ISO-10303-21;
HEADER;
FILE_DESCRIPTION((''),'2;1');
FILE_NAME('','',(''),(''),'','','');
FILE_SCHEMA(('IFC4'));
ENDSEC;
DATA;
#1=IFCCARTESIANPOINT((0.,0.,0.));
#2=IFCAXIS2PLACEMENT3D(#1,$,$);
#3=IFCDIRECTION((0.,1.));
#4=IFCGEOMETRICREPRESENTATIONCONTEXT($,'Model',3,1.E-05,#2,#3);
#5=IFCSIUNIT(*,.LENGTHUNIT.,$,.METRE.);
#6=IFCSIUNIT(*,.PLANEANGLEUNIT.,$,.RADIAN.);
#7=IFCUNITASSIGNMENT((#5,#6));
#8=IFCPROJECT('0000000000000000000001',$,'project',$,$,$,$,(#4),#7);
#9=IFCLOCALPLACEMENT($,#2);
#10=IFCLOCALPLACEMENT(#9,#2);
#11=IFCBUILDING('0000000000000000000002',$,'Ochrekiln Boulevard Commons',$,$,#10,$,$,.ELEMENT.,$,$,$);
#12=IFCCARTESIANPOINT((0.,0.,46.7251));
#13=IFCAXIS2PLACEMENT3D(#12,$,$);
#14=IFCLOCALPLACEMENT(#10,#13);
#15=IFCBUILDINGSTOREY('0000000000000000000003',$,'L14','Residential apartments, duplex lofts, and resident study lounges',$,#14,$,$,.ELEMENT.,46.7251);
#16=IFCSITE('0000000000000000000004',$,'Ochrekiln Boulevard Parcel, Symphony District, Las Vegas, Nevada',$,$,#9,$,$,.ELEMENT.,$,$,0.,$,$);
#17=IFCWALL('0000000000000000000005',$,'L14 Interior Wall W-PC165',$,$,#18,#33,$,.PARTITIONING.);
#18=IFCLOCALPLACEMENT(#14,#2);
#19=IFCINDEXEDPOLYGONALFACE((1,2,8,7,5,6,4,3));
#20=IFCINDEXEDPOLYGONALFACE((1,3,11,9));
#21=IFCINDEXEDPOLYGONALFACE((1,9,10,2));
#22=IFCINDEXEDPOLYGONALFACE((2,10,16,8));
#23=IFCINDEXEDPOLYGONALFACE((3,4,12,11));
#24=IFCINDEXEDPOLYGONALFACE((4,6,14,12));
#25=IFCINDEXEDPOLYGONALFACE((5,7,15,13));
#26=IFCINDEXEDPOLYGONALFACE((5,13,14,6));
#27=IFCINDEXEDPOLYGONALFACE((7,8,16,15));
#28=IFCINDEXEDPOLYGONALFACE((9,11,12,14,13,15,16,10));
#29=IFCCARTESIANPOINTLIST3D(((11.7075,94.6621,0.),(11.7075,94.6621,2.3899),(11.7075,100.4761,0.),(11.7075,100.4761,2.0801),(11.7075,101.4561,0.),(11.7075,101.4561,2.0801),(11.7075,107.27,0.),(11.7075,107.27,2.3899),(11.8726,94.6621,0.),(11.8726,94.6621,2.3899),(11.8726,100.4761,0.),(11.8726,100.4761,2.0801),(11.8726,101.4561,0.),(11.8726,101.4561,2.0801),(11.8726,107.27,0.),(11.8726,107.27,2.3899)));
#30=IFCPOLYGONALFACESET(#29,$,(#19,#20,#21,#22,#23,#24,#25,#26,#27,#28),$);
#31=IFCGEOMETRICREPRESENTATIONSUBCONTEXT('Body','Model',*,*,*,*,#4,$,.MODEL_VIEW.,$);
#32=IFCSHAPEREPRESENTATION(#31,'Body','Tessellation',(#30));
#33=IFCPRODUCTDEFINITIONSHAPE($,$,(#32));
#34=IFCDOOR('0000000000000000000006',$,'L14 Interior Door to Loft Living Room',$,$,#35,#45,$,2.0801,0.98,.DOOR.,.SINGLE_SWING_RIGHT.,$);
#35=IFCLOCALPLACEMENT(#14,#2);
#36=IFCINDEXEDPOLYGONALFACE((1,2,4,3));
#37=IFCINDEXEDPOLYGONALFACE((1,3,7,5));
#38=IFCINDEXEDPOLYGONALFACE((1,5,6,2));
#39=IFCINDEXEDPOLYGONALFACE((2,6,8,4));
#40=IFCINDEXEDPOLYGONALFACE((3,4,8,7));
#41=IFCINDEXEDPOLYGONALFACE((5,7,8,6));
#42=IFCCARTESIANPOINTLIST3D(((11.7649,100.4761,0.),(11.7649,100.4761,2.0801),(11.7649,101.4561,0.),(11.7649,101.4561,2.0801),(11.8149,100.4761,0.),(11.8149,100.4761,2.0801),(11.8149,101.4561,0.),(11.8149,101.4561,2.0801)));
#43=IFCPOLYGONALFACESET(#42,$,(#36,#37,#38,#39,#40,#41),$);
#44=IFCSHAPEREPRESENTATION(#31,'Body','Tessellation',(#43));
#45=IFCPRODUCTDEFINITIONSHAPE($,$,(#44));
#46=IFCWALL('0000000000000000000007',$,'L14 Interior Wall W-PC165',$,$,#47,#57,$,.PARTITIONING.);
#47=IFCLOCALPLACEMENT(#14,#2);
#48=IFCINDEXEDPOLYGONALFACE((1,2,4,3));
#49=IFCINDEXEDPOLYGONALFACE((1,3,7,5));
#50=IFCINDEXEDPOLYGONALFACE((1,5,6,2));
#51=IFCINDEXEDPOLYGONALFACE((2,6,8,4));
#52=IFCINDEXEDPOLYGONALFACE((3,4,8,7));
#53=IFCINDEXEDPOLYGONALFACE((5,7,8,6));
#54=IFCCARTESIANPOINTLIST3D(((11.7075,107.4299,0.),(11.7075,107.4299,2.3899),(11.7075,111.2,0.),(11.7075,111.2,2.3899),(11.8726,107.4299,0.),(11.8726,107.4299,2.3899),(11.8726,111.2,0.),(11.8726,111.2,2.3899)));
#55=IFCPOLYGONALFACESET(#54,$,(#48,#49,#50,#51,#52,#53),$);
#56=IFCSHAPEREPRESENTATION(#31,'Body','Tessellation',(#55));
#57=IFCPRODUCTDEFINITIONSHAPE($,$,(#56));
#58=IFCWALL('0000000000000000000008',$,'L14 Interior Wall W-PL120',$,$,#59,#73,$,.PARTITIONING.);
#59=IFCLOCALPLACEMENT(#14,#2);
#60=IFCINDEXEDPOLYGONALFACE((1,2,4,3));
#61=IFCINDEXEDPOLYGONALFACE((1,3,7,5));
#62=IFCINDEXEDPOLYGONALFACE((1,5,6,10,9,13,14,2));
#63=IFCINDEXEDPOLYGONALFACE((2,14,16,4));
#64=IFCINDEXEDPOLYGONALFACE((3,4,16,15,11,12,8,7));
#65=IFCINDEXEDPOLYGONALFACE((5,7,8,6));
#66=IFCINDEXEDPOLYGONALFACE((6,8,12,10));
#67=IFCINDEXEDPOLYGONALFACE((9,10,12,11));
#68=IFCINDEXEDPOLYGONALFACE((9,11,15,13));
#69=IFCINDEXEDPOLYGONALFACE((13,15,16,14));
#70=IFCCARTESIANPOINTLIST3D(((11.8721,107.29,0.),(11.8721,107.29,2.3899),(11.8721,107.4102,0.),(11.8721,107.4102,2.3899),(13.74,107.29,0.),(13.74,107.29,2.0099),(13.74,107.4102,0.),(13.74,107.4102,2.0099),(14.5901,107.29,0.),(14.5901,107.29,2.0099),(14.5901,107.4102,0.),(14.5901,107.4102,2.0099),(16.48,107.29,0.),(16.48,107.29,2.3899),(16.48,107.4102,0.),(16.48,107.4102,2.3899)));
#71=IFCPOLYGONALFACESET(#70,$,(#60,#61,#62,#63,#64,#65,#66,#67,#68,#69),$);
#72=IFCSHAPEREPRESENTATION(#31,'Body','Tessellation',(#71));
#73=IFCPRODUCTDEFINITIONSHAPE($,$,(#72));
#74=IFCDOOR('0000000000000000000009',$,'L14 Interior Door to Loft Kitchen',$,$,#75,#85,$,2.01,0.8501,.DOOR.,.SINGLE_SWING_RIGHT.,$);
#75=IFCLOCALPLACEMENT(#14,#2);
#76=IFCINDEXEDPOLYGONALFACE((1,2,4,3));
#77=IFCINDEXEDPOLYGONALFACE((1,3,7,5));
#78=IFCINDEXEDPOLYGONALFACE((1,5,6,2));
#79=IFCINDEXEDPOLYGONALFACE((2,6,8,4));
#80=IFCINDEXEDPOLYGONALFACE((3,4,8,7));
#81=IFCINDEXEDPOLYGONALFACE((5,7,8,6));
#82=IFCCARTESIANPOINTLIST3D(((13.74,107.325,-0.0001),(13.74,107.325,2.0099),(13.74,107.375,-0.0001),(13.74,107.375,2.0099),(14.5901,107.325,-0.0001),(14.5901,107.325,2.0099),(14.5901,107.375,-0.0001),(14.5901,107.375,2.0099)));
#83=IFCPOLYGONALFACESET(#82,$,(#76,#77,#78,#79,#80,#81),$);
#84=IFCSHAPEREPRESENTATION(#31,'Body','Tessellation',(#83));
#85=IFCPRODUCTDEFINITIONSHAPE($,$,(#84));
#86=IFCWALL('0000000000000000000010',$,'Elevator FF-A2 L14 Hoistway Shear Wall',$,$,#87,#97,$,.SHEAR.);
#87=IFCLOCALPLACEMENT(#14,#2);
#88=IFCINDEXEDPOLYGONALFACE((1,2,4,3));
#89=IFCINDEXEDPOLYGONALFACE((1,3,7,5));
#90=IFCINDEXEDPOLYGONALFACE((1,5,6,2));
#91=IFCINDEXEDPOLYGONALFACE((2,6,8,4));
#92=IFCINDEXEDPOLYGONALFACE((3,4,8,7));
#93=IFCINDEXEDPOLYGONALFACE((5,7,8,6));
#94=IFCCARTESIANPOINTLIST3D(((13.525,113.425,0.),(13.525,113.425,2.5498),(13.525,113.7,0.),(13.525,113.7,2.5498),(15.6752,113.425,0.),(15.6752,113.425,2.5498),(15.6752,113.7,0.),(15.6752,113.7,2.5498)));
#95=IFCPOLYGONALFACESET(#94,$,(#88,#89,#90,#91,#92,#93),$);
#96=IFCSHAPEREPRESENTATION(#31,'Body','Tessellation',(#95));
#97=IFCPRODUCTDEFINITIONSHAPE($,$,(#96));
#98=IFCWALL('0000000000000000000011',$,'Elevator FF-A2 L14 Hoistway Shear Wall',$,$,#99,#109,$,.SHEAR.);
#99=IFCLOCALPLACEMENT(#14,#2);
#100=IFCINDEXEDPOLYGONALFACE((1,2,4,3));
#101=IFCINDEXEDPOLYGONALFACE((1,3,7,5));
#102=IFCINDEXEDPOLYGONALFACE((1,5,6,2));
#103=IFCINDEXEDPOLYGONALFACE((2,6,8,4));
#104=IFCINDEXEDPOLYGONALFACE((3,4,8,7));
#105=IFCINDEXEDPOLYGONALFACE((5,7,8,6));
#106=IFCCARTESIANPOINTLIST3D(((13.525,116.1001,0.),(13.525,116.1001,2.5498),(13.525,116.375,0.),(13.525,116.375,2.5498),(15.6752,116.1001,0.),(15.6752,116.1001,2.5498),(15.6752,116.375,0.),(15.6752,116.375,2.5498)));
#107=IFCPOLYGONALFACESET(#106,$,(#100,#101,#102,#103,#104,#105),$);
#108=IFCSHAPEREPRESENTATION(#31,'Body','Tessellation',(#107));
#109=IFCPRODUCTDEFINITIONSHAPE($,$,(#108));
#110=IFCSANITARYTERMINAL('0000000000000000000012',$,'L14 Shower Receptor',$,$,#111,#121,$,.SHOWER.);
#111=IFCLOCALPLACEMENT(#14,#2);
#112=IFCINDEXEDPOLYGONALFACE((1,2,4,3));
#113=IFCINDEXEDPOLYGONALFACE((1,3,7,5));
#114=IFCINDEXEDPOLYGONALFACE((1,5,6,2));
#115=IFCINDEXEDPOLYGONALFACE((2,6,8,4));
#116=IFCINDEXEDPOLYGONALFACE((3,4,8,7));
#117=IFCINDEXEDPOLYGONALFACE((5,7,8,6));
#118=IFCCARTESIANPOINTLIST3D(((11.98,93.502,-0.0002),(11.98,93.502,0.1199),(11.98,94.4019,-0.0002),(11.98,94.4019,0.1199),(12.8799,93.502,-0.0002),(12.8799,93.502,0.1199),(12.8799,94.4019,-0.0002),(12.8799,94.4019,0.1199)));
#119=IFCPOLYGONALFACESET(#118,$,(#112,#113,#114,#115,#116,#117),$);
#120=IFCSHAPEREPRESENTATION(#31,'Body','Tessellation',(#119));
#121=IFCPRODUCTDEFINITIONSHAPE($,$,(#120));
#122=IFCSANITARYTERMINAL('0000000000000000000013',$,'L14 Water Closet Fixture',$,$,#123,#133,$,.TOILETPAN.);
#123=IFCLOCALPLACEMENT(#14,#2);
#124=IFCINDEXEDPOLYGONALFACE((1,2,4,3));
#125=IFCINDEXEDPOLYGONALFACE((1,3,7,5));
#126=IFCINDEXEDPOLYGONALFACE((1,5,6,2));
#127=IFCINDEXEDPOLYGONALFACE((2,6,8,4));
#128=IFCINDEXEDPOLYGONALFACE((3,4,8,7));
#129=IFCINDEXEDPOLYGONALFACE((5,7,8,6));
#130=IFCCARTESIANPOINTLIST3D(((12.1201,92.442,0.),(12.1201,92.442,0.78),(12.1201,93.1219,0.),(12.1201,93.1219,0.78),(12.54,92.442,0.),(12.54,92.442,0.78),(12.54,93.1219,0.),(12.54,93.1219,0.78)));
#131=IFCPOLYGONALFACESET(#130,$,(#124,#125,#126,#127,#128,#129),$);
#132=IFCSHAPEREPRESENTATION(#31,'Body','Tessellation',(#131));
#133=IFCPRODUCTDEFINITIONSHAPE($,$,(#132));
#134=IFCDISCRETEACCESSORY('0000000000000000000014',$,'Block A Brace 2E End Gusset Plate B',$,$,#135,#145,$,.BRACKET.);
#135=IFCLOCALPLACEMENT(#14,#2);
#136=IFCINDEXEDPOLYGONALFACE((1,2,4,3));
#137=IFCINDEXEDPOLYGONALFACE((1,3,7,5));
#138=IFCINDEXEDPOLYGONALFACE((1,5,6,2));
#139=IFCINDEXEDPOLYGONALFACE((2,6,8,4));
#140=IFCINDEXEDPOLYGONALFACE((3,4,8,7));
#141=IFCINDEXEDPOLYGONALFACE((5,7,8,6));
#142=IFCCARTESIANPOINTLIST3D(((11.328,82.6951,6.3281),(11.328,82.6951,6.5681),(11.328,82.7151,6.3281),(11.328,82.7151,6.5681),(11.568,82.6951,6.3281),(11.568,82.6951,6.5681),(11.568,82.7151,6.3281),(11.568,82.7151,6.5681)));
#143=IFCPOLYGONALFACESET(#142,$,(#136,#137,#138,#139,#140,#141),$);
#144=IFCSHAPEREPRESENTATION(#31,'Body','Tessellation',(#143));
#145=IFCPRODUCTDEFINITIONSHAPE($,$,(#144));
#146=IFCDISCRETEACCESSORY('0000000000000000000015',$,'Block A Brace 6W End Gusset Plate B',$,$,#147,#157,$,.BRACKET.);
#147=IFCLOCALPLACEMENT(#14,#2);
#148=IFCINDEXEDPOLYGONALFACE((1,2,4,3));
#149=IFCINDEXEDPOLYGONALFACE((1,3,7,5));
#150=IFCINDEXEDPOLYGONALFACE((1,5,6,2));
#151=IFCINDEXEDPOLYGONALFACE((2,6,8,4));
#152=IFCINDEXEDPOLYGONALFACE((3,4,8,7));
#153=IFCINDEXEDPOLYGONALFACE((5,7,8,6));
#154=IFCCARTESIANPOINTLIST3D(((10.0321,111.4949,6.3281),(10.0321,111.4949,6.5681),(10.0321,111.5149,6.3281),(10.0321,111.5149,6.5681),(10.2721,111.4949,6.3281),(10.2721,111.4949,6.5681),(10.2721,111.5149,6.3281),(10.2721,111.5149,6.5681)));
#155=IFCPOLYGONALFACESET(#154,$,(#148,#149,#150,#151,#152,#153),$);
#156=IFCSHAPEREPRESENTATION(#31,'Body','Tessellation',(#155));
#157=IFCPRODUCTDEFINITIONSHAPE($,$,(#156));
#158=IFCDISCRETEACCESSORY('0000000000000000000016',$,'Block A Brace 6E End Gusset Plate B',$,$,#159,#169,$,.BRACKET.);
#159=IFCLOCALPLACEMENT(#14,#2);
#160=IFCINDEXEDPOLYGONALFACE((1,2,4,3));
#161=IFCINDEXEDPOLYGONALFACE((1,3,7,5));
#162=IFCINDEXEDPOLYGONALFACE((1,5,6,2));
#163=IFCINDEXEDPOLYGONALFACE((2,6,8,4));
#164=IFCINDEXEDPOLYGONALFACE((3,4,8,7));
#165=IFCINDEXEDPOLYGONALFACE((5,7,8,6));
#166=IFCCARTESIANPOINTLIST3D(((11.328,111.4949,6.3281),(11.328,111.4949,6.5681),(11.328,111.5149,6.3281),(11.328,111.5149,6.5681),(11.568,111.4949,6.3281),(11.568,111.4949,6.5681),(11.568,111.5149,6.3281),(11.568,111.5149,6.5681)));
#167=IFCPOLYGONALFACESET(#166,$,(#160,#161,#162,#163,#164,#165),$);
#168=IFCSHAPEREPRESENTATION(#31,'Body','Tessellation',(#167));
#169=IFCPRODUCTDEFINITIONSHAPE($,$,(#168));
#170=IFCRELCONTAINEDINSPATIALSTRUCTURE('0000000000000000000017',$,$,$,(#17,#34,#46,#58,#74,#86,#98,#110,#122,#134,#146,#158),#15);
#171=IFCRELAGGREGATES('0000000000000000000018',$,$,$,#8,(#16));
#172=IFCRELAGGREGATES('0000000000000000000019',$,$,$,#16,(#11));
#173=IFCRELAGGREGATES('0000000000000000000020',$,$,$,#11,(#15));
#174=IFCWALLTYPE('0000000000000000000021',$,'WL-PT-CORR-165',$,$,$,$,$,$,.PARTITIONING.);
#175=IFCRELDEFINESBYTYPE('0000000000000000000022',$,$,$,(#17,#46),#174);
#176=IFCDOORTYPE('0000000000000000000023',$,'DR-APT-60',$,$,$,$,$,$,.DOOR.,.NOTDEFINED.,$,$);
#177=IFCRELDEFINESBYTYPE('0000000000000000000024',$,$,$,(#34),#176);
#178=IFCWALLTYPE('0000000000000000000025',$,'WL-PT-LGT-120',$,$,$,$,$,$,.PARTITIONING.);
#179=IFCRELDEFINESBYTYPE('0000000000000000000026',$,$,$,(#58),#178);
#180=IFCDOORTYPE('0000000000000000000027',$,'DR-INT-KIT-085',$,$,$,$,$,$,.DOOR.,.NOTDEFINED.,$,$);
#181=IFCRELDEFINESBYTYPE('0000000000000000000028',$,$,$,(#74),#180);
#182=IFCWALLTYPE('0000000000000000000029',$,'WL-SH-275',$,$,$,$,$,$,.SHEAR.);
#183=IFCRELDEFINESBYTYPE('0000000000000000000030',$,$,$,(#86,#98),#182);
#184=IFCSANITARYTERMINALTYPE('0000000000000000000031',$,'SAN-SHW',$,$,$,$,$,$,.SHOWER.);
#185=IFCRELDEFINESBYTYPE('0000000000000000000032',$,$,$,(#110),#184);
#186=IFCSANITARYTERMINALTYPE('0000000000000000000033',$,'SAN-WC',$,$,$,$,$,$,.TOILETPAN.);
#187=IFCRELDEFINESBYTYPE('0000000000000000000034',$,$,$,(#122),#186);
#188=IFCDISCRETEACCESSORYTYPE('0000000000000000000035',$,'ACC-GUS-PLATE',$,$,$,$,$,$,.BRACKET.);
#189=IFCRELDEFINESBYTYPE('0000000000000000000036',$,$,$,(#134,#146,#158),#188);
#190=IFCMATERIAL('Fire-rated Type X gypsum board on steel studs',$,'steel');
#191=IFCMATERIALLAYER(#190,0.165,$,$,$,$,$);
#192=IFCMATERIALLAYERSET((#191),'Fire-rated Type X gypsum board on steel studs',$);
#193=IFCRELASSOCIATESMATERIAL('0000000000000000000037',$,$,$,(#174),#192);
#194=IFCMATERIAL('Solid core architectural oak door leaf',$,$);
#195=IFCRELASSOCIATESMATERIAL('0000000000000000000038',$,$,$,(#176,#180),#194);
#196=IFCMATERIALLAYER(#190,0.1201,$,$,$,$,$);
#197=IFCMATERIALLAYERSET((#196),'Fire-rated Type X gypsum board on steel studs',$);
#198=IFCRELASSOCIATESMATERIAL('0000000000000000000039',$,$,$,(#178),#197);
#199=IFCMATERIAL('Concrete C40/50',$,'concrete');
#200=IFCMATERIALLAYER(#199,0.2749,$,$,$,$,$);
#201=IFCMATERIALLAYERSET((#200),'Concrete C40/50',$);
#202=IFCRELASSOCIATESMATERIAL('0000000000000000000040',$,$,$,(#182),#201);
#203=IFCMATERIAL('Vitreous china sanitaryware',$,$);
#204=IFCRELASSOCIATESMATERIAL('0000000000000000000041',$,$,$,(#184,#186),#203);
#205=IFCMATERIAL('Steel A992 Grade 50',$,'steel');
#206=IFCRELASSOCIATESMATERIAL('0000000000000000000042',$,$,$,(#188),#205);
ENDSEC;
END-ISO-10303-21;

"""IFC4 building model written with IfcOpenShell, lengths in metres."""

from ifc_helpers import new_model, si_unit, direction, frame, frame_2d, origin, origin_2d, place, context, subcontext, project, spatial, rectangle, extrude, material, layer, layer_set, type_object, element, fill, save


model = new_model("IFC4")

# Units and contexts
model_context = context("Model", 3, precision=1e-05, world=origin(), true_north=direction((0.0, 1.0)))
body_context = subcontext(model_context, "Body", "Model", "MODEL_VIEW")
ifc_project = project(units=[si_unit("LENGTHUNIT", "METRE"), si_unit("PLANEANGLEUNIT", "RADIAN")], contexts=[model_context])

# Site, building, storey
site_placement = place(None, origin())
site = spatial("IfcSite", under=ifc_project, at=site_placement, Name="Ochrekiln Boulevard Parcel, Symphony District, Las Vegas, Nevada", CompositionType="ELEMENT", RefElevation=0.0)
building_placement = place(site_placement, origin())
building = spatial("IfcBuilding", under=site, at=building_placement, Name="Ochrekiln Boulevard Commons", CompositionType="ELEMENT")
storey_placement = place(building_placement, frame((0.0, 0.0, 46.7251)))
storey = spatial("IfcBuildingStorey", under=building, at=storey_placement, Name="L14", Description="Residential apartments, duplex lofts, and resident study lounges", CompositionType="ELEMENT", Elevation=46.7251)

# Shared definitions
ifc_material_1 = material(Name="Solid core architectural oak door leaf")

# Shared definitions
ifc_material_2 = material(Name="Fire-rated Type X gypsum board on steel studs", Category="steel")
ifc_layer_1 = layer(ifc_material_2, 0.165)
ifc_layer_set_1 = layer_set([ifc_layer_1], Name="Fire-rated Type X gypsum board on steel studs")
wall_type_1 = type_object("IfcWallType", Name="WL-PT-CORR-165", PredefinedType="PARTITIONING", material=ifc_layer_set_1)

# Shared definitions
door_type_1 = type_object("IfcDoorType", Name="DR-APT-60", OperationType="NOTDEFINED", PredefinedType="DOOR", material=ifc_material_1)

# Wall, opening, door
wall_1_placement = place(storey_placement, frame((11.79, 94.6621, 0.0), z_axis=(0.0, 0.0, 1.0), x_axis=(0.0, 1.0, 0.0)))
wall_1 = element("IfcWall", 1, at=wall_1_placement, inside=storey, type_object=wall_type_1, Name="L14 Interior Wall W-PC165", PredefinedType="PARTITIONING", context=body_context, shape_type="SweptSolid", body=[
    extrude(rectangle(XDim=12.6079, YDim=0.165, at=frame_2d((6.304, 0.0))), origin(), (0.0, 0.0, 1.0), 2.3899),
])
opening_1_placement = place(wall_1_placement, frame((5.814, 0.0, 0.0)))
opening_1 = element("IfcOpeningElement", 2, at=opening_1_placement, cuts=wall_1, PredefinedType="OPENING", context=body_context, shape_type="SweptSolid", body=[
    extrude(rectangle(XDim=0.98, YDim=2.0801, at=frame_2d((0.49, 1.04))), frame((0.0, 0.0925, 0.0), z_axis=(0.0, -1.0, 0.0), x_axis=(1.0, 0.0, 0.0)), (0.0, 0.0, 1.0), 0.1851),
])
door_1_placement = place(opening_1_placement, frame((0.98, 0.0, 0.0), z_axis=(0.0, 0.0, 1.0), x_axis=(-1.0, 0.0, 0.0)))
door_1 = element("IfcDoor", 3, at=door_1_placement, inside=storey, type_object=door_type_1, Name="L14 Interior Door to Loft Living Room", OperationType="SINGLE_SWING_RIGHT", OverallHeight=2.0801, OverallWidth=0.98, PredefinedType="DOOR", context=body_context, shape_type="SweptSolid", body=[
    extrude(rectangle(XDim=0.98, YDim=2.0801, at=frame_2d((0.49, 1.04))), frame((0.0, 0.0249, 0.0), z_axis=(0.0, -1.0, 0.0), x_axis=(1.0, 0.0, 0.0)), (0.0, 0.0, 1.0), 0.05),
])
fill(opening_1, door_1)

# Wall
wall_2_placement = place(storey_placement, frame((11.79, 107.4299, 0.0), z_axis=(0.0, 0.0, 1.0), x_axis=(0.0, 1.0, 0.0)))
element("IfcWall", 4, at=wall_2_placement, inside=storey, type_object=wall_type_1, Name="L14 Interior Wall W-PC165", PredefinedType="PARTITIONING", context=body_context, shape_type="SweptSolid", body=[
    extrude(rectangle(XDim=3.77, YDim=0.165, at=frame_2d((1.885, 0.0))), origin(), (0.0, 0.0, 1.0), 2.3899),
])

# Wall, opening, door
ifc_layer_2 = layer(ifc_material_2, 0.1201)
ifc_layer_set_2 = layer_set([ifc_layer_2], Name="Fire-rated Type X gypsum board on steel studs")
wall_type_2 = type_object("IfcWallType", Name="WL-PT-LGT-120", PredefinedType="PARTITIONING", material=ifc_layer_set_2)
wall_3_placement = place(storey_placement, frame((11.8721, 107.3501, 0.0), z_axis=(0.0, 0.0, 1.0), x_axis=(1.0, 0.0, 0.0)))
wall_3 = element("IfcWall", 5, at=wall_3_placement, inside=storey, type_object=wall_type_2, Name="L14 Interior Wall W-PL120", PredefinedType="PARTITIONING", context=body_context, shape_type="SweptSolid", body=[
    extrude(rectangle(XDim=4.6079, YDim=0.1201, at=frame_2d((2.304, 0.0))), origin(), (0.0, 0.0, 1.0), 2.3899),
])
opening_2_placement = place(wall_3_placement, frame((1.8679, 0.0, 0.0)))
opening_2 = element("IfcOpeningElement", 6, at=opening_2_placement, cuts=wall_3, PredefinedType="OPENING", context=body_context, shape_type="SweptSolid", body=[
    extrude(rectangle(XDim=0.8501, YDim=2.01, at=frame_2d((0.425, 1.0049))), frame((0.0, 0.0701, 0.0), z_axis=(0.0, -1.0, 0.0), x_axis=(1.0, 0.0, 0.0)), (0.0, 0.0, 1.0), 0.1401),
])
door_type_2 = type_object("IfcDoorType", Name="DR-INT-KIT-085", OperationType="NOTDEFINED", PredefinedType="DOOR", material=ifc_material_1)
door_2_placement = place(opening_2_placement, origin())
door_2 = element("IfcDoor", 7, at=door_2_placement, inside=storey, type_object=door_type_2, Name="L14 Interior Door to Loft Kitchen", OperationType="SINGLE_SWING_RIGHT", OverallHeight=2.01, OverallWidth=0.8501, PredefinedType="DOOR", context=body_context, shape_type="SweptSolid", body=[
    extrude(rectangle(XDim=0.8501, YDim=2.01, at=frame_2d((0.425, 1.0049))), frame((0.0, 0.0249, 0.0), z_axis=(0.0, -1.0, 0.0), x_axis=(1.0, 0.0, 0.0)), (0.0, 0.0, 1.0), 0.05),
])
fill(opening_2, door_2)

# Walls
ifc_material_3 = material(Name="Concrete C40/50", Category="concrete")
ifc_layer_3 = layer(ifc_material_3, 0.2749)
ifc_layer_set_3 = layer_set([ifc_layer_3], Name="Concrete C40/50")
wall_type_3 = type_object("IfcWallType", Name="WL-SH-275", PredefinedType="SHEAR", material=ifc_layer_set_3)
for number, where, z_axis, x_axis, name in (
    (8, (13.5249, 113.5625, 0.0), (0.0, 0.0, 1.0), (1.0, 0.0, 0.0), "Elevator FF-A2 L14 Hoistway Shear Wall"),
    (9, (13.5249, 116.2375, 0.0), (0.0, 0.0, 1.0), (1.0, 0.0, 0.0), "Elevator FF-A2 L14 Hoistway Shear Wall"),
):
    element("IfcWall", number, at=place(storey_placement, frame(where, z_axis=z_axis, x_axis=x_axis)), inside=storey, type_object=wall_type_3, Name=name, PredefinedType="SHEAR", context=body_context, shape_type="SweptSolid", body=[
        extrude(rectangle(XDim=2.1501, YDim=0.2749, at=frame_2d((1.0752, 0.0))), origin(), (0.0, 0.0, 1.0), 2.5498),
    ])

# Sanitary terminals
ifc_material_4 = material(Name="Vitreous china sanitaryware")
sanitary_terminal_type_1 = type_object("IfcSanitaryTerminalType", Name="SAN-SHW", PredefinedType="SHOWER", material=ifc_material_4)
sanitary_terminal_1_placement = place(storey_placement, frame((12.4299, 93.9519, -0.0002), z_axis=(0.0, 0.0, 1.0), x_axis=(1.0, 0.0, 0.0)))
element("IfcSanitaryTerminal", 10, at=sanitary_terminal_1_placement, inside=storey, type_object=sanitary_terminal_type_1, Name="L14 Shower Receptor", PredefinedType="SHOWER", context=body_context, shape_type="SweptSolid", body=[
    extrude(rectangle(XDim=0.8999, YDim=0.8999, at=origin_2d()), origin(), (0.0, 0.0, 1.0), 0.1201),
])
sanitary_terminal_type_2 = type_object("IfcSanitaryTerminalType", Name="SAN-WC", PredefinedType="TOILETPAN", material=ifc_material_4)
sanitary_terminal_2_placement = place(storey_placement, frame((12.3301, 92.782, 0.0), z_axis=(0.0, 0.0, 1.0), x_axis=(1.0, 0.0, 0.0)))
element("IfcSanitaryTerminal", 11, at=sanitary_terminal_2_placement, inside=storey, type_object=sanitary_terminal_type_2, Name="L14 Water Closet Fixture", PredefinedType="TOILETPAN", context=body_context, shape_type="SweptSolid", body=[
    extrude(rectangle(XDim=0.4199, YDim=0.6799, at=origin_2d()), origin(), (0.0, 0.0, 1.0), 0.78),
])

# Discrete accessories
ifc_material_5 = material(Name="Steel A992 Grade 50", Category="steel")
discrete_accessory_type = type_object("IfcDiscreteAccessoryType", Name="ACC-GUS-PLATE", PredefinedType="BRACKET", material=ifc_material_5)
for number, where, z_axis, x_axis, name in (
    (12, (11.448, 82.7051, 6.3281), (0.0, 0.0, 1.0), (1.0, 0.0, 0.0), "Block A Brace 2E End Gusset Plate B"),
    (13, (10.1521, 111.5049, 6.3281), (0.0, 0.0, 1.0), (1.0, 0.0, 0.0), "Block A Brace 6W End Gusset Plate B"),
    (14, (11.448, 111.5049, 6.3281), (0.0, 0.0, 1.0), (1.0, 0.0, 0.0), "Block A Brace 6E End Gusset Plate B"),
):
    element("IfcDiscreteAccessory", number, at=place(storey_placement, frame(where, z_axis=z_axis, x_axis=x_axis)), inside=storey, type_object=discrete_accessory_type, Name=name, PredefinedType="BRACKET", context=body_context, shape_type="SweptSolid", body=[
        extrude(rectangle(XDim=0.24, YDim=0.02, at=origin_2d()), origin(), (0.0, 0.0, 1.0), 0.24),
    ])

save(model, "model.ifc")
